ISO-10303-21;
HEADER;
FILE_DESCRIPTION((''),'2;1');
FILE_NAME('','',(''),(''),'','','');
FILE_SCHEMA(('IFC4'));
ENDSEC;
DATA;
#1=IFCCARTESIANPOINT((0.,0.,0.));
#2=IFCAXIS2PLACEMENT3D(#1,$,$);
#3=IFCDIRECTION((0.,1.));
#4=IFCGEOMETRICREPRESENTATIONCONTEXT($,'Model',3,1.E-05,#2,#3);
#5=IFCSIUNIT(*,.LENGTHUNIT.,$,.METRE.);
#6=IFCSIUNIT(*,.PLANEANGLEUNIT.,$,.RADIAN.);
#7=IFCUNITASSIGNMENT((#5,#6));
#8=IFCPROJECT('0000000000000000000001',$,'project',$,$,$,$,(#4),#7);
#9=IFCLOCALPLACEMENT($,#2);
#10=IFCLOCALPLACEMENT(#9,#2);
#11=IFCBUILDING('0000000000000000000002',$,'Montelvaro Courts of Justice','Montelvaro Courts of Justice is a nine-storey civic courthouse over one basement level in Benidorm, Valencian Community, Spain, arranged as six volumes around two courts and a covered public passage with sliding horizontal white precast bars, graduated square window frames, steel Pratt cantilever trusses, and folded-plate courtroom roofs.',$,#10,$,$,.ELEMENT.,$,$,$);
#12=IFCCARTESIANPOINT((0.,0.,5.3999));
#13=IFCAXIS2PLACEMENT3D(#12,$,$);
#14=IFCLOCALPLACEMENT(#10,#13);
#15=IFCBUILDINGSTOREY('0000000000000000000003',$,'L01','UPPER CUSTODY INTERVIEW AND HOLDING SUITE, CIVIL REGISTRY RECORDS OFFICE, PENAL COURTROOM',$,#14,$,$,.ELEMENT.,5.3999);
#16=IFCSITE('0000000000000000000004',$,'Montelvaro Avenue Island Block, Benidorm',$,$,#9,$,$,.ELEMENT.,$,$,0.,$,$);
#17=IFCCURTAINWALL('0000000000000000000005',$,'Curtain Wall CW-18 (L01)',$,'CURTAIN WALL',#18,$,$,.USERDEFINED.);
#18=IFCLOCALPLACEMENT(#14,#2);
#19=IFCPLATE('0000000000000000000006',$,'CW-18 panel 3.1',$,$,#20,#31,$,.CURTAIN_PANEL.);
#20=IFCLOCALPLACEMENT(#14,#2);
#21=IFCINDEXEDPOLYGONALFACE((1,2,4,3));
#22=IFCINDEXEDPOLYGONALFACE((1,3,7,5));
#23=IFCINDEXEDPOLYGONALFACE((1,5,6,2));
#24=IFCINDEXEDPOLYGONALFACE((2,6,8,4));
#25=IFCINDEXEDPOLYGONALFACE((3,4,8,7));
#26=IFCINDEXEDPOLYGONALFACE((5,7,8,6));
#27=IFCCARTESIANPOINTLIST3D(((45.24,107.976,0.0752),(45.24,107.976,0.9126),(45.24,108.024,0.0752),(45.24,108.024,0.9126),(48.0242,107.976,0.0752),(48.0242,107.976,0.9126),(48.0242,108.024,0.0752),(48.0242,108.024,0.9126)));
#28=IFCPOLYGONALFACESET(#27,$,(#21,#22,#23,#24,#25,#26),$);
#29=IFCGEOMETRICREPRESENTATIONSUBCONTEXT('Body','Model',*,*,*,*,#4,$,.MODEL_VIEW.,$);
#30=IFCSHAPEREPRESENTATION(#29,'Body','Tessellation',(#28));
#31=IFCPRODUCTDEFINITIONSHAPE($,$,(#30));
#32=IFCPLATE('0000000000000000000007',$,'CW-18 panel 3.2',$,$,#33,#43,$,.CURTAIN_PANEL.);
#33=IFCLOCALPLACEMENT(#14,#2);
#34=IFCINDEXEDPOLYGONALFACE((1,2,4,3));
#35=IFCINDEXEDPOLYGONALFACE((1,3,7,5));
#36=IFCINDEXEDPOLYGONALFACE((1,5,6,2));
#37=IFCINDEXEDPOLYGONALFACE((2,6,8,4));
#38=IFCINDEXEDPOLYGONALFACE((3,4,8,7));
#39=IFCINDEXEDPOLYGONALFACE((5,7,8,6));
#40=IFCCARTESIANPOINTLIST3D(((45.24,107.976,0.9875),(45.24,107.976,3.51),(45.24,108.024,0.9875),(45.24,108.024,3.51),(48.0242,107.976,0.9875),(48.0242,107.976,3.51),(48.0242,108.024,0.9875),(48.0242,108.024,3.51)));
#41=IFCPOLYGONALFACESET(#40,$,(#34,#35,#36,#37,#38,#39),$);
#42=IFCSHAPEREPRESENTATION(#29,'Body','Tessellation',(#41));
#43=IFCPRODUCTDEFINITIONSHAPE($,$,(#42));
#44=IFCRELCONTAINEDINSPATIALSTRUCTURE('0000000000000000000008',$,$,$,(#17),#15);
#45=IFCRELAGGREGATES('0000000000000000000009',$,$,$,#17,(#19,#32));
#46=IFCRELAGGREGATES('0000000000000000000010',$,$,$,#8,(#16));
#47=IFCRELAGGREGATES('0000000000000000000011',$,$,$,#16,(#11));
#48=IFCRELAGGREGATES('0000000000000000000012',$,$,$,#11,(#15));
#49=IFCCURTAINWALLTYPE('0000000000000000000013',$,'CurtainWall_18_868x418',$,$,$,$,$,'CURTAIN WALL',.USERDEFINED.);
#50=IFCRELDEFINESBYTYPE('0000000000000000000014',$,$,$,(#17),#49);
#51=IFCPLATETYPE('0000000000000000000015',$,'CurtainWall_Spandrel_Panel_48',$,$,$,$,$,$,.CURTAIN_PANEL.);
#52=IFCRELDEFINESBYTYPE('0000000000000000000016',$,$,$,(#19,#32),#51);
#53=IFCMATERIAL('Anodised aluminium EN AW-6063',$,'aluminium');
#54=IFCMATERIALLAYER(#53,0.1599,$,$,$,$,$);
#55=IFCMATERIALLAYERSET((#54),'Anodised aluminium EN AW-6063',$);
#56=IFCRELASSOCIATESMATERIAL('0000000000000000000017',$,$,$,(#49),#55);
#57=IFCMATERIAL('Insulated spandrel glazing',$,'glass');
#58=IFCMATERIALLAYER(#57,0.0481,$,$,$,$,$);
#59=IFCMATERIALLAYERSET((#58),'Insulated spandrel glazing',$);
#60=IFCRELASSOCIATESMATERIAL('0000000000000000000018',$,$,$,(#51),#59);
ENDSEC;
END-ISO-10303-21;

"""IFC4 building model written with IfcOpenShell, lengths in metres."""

from ifc_helpers import new_model, si_unit, direction, frame, origin, origin_2d, place, context, subcontext, project, spatial, rectangle, extrude, material, layer, layer_set, type_object, element, aggregate, save


model = new_model("IFC4")

# Units and contexts
model_context = context("Model", 3, precision=1e-05, world=origin(), true_north=direction((0.0, 1.0)))
body_context = subcontext(model_context, "Body", "Model", "MODEL_VIEW")
ifc_project = project(units=[si_unit("LENGTHUNIT", "METRE"), si_unit("PLANEANGLEUNIT", "RADIAN")], contexts=[model_context])

# Site, building, storey
site_placement = place(None, origin())
site = spatial("IfcSite", under=ifc_project, at=site_placement, Name="Montelvaro Avenue Island Block, Benidorm", CompositionType="ELEMENT", RefElevation=0.0)
building_placement = place(site_placement, origin())
building = spatial("IfcBuilding", under=site, at=building_placement, Name="Montelvaro Courts of Justice", Description="Montelvaro Courts of Justice is a nine-storey civic courthouse over one basement level in Benidorm, Valencian Community, Spain, arranged as six volumes around two courts and a covered public passage with sliding horizontal white precast bars, graduated square window frames, steel Pratt cantilever trusses, and folded-plate courtroom roofs.", CompositionType="ELEMENT")
storey_placement = place(building_placement, frame((0.0, 0.0, 5.3999)))
storey = spatial("IfcBuildingStorey", under=building, at=storey_placement, Name="L01", Description="UPPER CUSTODY INTERVIEW AND HOLDING SUITE, CIVIL REGISTRY RECORDS OFFICE, PENAL COURTROOM", CompositionType="ELEMENT", Elevation=5.3999)

# Curtain wall
ifc_material_1 = material(Name="Anodised aluminium EN AW-6063", Category="aluminium")
ifc_layer_1 = layer(ifc_material_1, 0.1599)
ifc_layer_set_1 = layer_set([ifc_layer_1], Name="Anodised aluminium EN AW-6063")
curtain_wall_type = type_object("IfcCurtainWallType", Name="CurtainWall_18_868x418", ElementType="CURTAIN WALL", PredefinedType="USERDEFINED", material=ifc_layer_set_1)
curtain_wall_1_placement = place(storey_placement, origin())
curtain_wall_1 = element("IfcCurtainWall", 1, at=curtain_wall_1_placement, inside=storey, type_object=curtain_wall_type, Name="Curtain Wall CW-18 (L01)", ObjectType="CURTAIN WALL", PredefinedType="USERDEFINED")

# Plates
ifc_material_2 = material(Name="Insulated spandrel glazing", Category="glass")
ifc_layer_2 = layer(ifc_material_2, 0.0481)
ifc_layer_set_2 = layer_set([ifc_layer_2], Name="Insulated spandrel glazing")
plate_type_1 = type_object("IfcPlateType", Name="CurtainWall_Spandrel_Panel_48", PredefinedType="CURTAIN_PANEL", material=ifc_layer_set_2)
plate_1_placement = place(storey_placement, frame((46.6321, 108.0, 0.0752), z_axis=(0.0, 0.0, 1.0), x_axis=(-1.0, 0.0, 0.0)))
plate_1 = element("IfcPlate", 2, at=plate_1_placement, type_object=plate_type_1, Name="CW-18 panel 3.1", PredefinedType="CURTAIN_PANEL", context=body_context, shape_type="SweptSolid", body=[
    extrude(rectangle(XDim=2.7842, YDim=0.0481, at=origin_2d()), origin(), (0.0, 0.0, 1.0), 0.8374),
])
plate_2_placement = place(storey_placement, frame((46.6321, 108.0, 0.9875), z_axis=(0.0, 0.0, 1.0), x_axis=(-1.0, 0.0, 0.0)))
plate_2 = element("IfcPlate", 3, at=plate_2_placement, type_object=plate_type_1, Name="CW-18 panel 3.2", PredefinedType="CURTAIN_PANEL", context=body_context, shape_type="SweptSolid", body=[
    extrude(rectangle(XDim=2.7842, YDim=0.0481, at=origin_2d()), origin(), (0.0, 0.0, 1.0), 2.5225),
])
aggregate(curtain_wall_1, [plate_1, plate_2])

save(model, "model.ifc")
